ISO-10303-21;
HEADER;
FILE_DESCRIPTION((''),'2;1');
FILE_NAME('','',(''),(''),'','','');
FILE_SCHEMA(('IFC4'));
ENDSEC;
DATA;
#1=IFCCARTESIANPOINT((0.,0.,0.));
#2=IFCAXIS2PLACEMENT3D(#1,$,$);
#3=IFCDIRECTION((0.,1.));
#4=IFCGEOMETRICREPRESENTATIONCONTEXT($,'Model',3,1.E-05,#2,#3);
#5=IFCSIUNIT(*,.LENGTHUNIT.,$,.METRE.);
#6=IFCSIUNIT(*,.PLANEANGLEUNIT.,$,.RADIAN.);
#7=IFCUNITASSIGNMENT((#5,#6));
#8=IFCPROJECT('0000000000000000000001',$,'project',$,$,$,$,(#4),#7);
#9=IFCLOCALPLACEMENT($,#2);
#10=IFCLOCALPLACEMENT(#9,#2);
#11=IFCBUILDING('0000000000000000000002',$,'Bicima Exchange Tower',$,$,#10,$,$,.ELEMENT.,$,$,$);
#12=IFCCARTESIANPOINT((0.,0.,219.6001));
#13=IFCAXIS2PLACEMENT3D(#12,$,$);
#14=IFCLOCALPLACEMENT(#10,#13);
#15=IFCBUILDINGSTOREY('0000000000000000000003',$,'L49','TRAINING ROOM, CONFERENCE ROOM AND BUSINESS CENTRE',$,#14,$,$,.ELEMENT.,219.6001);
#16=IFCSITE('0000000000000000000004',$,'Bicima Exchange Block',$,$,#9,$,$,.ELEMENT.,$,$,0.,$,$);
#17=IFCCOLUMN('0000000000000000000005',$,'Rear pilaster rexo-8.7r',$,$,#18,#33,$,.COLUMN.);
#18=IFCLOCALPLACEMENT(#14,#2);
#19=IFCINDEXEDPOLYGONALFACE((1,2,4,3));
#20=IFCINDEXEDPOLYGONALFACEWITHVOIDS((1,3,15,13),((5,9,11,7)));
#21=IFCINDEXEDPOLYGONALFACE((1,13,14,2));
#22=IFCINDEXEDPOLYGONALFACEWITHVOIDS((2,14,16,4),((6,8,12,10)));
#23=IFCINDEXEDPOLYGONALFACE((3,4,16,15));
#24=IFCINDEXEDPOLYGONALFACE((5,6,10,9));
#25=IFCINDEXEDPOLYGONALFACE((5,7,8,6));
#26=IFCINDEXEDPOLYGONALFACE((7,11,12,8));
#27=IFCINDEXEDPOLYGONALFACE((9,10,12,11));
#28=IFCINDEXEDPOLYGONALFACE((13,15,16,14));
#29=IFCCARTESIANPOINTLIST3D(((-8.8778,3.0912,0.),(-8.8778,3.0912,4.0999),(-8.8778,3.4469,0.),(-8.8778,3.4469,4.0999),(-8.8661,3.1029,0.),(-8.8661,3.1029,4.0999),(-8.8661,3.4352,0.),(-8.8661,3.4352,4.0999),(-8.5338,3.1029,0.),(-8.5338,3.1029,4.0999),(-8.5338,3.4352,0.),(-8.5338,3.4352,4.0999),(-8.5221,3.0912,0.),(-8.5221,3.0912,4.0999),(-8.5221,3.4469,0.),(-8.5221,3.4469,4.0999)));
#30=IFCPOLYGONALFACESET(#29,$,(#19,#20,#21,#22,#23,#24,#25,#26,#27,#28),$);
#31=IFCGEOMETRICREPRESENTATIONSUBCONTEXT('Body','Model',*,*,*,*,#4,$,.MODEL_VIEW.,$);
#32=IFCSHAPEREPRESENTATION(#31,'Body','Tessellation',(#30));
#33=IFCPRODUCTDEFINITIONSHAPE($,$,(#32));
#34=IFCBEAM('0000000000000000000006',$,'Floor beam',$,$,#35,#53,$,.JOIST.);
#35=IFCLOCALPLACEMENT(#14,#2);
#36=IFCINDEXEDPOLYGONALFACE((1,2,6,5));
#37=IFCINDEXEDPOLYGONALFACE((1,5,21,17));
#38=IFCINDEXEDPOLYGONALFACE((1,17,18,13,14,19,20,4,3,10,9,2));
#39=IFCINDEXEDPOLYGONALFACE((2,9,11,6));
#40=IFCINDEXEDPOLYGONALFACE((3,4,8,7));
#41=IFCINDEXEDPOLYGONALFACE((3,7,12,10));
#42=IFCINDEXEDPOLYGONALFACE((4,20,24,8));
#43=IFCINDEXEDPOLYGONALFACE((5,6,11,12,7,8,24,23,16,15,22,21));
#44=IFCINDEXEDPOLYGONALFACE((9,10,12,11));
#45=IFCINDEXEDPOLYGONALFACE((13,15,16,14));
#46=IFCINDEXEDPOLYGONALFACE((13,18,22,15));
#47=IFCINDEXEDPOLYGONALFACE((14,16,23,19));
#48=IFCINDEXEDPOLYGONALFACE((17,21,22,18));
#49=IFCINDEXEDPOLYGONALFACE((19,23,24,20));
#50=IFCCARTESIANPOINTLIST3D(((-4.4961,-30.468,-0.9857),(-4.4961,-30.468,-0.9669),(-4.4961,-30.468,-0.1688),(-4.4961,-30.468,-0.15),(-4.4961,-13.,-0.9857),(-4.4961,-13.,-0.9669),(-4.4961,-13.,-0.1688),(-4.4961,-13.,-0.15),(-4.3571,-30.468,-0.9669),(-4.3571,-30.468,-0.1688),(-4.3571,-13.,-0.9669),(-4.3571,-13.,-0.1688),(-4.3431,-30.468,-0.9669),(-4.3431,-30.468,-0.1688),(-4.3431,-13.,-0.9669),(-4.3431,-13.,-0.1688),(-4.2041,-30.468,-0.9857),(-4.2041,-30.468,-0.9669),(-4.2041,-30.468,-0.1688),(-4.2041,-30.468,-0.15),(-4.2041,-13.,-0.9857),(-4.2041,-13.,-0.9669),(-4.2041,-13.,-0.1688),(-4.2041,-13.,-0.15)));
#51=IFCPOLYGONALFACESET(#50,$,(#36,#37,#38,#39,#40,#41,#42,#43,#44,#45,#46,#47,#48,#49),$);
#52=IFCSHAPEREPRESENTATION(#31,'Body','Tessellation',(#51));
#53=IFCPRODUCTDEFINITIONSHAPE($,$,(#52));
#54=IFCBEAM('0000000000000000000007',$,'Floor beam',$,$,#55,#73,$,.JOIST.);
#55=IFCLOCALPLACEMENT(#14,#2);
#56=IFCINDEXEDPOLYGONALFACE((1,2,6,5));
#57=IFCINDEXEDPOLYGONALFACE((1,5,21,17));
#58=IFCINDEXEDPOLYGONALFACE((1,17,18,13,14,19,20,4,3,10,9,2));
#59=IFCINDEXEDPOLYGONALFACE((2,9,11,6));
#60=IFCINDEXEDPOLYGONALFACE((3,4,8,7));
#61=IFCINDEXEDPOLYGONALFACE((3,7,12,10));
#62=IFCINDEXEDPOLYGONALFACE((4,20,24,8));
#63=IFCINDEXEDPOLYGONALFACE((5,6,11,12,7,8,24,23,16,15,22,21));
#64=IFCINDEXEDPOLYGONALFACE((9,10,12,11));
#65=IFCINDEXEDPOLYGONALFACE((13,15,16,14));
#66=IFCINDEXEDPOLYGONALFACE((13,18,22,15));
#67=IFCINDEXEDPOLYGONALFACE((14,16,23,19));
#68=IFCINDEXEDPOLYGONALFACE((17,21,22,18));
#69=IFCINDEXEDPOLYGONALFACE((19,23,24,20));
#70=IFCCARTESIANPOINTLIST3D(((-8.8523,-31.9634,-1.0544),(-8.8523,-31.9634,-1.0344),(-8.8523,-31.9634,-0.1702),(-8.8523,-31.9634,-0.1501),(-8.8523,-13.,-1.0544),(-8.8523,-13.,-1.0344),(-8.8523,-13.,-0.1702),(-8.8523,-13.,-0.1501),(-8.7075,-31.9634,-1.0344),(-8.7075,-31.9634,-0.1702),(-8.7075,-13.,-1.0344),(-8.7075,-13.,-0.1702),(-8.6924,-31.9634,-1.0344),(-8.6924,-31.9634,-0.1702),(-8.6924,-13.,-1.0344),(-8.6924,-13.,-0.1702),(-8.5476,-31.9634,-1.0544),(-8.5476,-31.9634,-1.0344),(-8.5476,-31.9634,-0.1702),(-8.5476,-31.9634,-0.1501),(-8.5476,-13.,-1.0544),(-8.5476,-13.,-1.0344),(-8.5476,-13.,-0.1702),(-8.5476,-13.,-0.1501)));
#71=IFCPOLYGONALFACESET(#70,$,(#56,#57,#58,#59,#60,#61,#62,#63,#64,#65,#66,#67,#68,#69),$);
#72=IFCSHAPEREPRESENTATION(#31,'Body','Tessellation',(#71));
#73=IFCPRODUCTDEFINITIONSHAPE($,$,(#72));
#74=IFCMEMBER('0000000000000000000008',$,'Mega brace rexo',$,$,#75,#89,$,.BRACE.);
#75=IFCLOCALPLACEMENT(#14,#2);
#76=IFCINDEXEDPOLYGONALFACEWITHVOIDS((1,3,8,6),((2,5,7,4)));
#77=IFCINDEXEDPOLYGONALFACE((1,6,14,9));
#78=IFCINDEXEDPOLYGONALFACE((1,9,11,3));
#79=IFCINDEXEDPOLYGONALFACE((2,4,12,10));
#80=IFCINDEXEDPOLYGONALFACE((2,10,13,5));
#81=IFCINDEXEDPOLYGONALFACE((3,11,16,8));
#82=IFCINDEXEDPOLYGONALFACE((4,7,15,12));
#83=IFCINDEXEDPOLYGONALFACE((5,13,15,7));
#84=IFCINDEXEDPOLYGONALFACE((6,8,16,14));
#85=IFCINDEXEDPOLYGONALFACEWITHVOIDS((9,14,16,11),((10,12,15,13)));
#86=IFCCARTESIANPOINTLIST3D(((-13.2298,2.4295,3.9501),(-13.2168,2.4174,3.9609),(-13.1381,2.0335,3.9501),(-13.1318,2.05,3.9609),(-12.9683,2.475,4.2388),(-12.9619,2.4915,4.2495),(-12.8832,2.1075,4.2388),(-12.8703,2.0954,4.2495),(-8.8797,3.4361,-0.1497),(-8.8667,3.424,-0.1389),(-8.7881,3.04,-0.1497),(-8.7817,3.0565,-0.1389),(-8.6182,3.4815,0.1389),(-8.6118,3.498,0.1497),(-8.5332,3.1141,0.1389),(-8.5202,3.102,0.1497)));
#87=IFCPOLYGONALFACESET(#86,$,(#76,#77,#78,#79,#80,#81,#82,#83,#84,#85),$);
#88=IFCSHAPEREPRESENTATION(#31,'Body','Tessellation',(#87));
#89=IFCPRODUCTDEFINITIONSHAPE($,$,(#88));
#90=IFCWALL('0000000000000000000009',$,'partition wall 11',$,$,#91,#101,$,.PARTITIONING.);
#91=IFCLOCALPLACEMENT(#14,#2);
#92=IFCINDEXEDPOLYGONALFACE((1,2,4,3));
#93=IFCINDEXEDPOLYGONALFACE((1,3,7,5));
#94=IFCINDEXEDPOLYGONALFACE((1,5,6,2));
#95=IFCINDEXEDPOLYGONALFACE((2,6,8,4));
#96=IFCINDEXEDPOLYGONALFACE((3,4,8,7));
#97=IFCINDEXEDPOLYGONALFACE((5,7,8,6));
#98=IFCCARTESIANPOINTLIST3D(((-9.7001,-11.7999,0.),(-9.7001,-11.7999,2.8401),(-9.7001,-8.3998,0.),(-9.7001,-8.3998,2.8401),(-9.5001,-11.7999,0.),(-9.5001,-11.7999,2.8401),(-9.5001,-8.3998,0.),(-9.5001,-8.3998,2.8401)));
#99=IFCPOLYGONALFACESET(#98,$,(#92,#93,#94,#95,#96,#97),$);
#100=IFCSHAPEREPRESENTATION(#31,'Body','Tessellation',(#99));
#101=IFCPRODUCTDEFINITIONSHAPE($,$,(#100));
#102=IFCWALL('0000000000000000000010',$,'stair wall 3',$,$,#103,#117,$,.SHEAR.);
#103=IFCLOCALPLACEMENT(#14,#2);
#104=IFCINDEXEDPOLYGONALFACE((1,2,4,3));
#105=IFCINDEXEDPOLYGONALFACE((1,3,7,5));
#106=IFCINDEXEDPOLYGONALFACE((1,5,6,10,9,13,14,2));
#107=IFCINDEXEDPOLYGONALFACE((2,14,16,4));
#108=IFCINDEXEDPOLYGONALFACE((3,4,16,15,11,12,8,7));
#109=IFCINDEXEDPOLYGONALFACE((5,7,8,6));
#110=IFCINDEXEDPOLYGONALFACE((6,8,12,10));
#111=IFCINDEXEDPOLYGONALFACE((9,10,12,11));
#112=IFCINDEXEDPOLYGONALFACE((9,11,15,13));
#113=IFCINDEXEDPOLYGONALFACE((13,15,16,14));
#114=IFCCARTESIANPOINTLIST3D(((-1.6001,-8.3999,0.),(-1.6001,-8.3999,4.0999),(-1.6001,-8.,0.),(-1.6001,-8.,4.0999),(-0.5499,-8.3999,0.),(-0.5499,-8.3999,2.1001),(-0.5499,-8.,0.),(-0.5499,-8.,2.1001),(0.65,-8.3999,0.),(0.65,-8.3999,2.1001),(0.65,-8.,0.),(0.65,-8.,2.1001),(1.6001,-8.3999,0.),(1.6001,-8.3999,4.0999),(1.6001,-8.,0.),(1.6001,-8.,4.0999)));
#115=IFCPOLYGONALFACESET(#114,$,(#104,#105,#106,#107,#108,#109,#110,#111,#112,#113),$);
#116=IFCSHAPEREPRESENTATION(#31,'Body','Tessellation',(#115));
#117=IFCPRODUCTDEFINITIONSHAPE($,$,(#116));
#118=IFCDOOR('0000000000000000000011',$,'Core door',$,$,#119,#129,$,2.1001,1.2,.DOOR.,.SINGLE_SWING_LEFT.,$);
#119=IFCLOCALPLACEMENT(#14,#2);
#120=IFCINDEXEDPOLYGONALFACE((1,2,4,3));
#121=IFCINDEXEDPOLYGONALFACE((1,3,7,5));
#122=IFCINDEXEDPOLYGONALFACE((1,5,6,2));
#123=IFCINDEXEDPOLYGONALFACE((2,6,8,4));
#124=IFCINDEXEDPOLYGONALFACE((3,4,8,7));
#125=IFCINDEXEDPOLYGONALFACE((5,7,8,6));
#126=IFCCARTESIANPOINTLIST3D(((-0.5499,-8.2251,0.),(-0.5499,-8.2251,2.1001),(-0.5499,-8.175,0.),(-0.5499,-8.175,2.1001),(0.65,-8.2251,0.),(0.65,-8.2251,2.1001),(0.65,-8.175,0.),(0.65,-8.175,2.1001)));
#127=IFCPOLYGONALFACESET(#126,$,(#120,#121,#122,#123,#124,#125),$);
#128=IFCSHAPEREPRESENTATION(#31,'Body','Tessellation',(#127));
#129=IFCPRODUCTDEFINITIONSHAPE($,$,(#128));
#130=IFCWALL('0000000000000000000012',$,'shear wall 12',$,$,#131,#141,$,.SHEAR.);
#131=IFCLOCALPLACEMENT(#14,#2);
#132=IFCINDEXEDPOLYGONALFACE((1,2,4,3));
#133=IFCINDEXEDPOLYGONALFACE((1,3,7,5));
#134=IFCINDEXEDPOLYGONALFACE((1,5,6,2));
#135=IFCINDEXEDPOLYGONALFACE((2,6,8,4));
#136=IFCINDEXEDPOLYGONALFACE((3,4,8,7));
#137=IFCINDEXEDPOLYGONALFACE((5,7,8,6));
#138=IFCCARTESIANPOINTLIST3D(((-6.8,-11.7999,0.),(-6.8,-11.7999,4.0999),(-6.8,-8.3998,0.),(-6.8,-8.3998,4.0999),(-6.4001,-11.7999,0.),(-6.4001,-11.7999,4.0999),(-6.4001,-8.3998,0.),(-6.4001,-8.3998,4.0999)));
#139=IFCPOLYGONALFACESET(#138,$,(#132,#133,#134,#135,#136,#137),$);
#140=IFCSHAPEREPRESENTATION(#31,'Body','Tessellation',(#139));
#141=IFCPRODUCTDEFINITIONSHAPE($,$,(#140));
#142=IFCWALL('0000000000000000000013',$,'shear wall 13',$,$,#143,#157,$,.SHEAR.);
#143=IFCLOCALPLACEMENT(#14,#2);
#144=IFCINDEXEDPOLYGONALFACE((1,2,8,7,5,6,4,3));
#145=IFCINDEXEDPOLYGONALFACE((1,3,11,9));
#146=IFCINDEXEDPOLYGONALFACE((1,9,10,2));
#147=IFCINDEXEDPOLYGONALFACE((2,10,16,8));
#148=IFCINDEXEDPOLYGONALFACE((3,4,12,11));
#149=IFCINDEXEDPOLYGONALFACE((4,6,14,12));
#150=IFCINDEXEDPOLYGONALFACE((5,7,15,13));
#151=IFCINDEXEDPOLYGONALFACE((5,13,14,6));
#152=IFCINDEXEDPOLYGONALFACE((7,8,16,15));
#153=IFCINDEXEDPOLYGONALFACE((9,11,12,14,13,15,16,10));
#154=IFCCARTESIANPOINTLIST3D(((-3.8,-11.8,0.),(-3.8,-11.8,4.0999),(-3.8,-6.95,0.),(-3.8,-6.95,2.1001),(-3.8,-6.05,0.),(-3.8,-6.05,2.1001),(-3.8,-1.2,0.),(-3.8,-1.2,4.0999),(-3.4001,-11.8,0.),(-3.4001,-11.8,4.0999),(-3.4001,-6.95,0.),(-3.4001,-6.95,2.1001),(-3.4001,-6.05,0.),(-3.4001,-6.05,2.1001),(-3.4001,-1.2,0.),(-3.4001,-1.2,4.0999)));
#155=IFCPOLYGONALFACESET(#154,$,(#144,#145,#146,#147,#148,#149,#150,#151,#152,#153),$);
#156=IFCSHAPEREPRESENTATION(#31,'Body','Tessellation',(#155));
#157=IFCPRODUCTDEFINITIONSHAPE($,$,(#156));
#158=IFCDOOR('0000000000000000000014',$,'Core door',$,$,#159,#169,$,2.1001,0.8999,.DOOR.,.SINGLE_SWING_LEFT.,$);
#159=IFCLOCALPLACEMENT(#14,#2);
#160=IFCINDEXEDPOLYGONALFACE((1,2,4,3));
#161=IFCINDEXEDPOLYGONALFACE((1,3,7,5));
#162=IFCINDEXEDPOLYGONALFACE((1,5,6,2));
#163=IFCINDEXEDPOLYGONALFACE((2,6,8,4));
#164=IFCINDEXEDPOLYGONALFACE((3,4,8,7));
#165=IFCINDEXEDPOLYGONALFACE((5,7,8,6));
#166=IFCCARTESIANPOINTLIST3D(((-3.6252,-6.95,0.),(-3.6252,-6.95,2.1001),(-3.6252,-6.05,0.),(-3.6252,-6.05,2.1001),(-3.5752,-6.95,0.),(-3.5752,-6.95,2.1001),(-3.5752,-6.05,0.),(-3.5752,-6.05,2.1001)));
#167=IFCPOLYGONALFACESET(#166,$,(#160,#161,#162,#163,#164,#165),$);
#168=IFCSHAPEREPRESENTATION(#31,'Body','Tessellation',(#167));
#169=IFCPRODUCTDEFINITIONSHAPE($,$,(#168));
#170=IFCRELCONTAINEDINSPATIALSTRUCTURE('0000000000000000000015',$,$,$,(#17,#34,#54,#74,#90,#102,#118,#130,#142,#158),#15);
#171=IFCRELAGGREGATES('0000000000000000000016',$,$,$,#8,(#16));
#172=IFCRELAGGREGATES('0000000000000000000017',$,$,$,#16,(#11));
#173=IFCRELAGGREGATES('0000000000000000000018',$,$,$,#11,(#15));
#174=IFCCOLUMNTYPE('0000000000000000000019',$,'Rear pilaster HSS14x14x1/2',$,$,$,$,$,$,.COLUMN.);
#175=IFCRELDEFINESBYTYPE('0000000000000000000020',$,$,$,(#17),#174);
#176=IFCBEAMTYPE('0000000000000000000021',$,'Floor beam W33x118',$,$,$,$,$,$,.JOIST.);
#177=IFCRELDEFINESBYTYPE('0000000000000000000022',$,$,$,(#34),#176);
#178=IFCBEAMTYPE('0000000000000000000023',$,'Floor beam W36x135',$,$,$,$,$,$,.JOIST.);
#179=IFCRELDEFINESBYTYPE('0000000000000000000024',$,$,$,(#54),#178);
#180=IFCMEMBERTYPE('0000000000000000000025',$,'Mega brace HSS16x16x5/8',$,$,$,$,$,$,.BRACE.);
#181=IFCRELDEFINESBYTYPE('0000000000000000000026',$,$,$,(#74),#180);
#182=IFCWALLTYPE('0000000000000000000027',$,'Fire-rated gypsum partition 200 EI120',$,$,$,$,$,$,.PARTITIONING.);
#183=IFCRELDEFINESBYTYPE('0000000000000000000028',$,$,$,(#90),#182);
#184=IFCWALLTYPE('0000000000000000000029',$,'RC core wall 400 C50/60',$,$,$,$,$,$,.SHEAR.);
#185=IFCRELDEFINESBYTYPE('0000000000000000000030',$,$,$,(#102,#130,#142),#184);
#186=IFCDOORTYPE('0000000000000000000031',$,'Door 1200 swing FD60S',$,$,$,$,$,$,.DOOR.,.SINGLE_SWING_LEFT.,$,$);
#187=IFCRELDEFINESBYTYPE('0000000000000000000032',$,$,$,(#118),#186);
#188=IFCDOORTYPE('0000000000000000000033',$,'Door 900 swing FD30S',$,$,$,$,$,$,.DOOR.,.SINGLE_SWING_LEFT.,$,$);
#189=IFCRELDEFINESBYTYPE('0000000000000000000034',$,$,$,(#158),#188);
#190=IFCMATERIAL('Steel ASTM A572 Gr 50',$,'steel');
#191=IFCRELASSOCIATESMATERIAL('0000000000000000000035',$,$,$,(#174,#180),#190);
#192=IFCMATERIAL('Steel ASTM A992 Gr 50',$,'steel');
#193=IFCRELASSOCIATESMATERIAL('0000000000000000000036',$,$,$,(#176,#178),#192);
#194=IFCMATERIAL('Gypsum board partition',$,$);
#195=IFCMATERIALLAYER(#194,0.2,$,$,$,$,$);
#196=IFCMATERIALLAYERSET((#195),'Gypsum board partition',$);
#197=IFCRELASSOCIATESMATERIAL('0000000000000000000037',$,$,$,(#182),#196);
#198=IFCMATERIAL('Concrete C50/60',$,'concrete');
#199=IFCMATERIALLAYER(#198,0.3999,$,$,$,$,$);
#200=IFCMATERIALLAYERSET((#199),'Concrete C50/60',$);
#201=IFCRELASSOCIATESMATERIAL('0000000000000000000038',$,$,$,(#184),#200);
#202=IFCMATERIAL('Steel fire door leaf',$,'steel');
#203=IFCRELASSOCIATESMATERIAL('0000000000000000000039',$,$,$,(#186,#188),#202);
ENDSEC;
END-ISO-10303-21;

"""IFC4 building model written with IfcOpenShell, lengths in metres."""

from ifc_helpers import new_model, si_unit, direction, frame, frame_2d, origin, origin_2d, place, context, subcontext, project, spatial, rectangle, hollow_rectangle, i_section, extrude, material, layer, layer_set, material_profile, profile_set, type_object, element, fill, save


model = new_model("IFC4")

# Units and contexts
model_context = context("Model", 3, precision=1e-05, world=origin(), true_north=direction((0.0, 1.0)))
body_context = subcontext(model_context, "Body", "Model", "MODEL_VIEW")
ifc_project = project(units=[si_unit("LENGTHUNIT", "METRE"), si_unit("PLANEANGLEUNIT", "RADIAN")], contexts=[model_context])

# Site, building, storey
site_placement = place(None, origin())
site = spatial("IfcSite", under=ifc_project, at=site_placement, Name="Bicima Exchange Block", CompositionType="ELEMENT", RefElevation=0.0)
building_placement = place(site_placement, origin())
building = spatial("IfcBuilding", under=site, at=building_placement, Name="Bicima Exchange Tower", CompositionType="ELEMENT")
storey_placement = place(building_placement, frame((0.0, 0.0, 219.6001)))
storey = spatial("IfcBuildingStorey", under=building, at=storey_placement, Name="L49", Description="TRAINING ROOM, CONFERENCE ROOM AND BUSINESS CENTRE", CompositionType="ELEMENT", Elevation=219.6001)

# Column
ifc_material_1 = material(Name="Steel ASTM A572 Gr 50", Category="steel")
ifc_material_profile_1 = material_profile(ifc_material_1, hollow_rectangle(XDim=0.3557, YDim=0.3557, WallThickness=0.0117, at=origin_2d()))
ifc_profile_set_1 = profile_set([ifc_material_profile_1], Name="Steel ASTM A572 Gr 50")
column_type = type_object("IfcColumnType", Name="Rear pilaster HSS14x14x1/2", PredefinedType="COLUMN", material=ifc_profile_set_1)
column_placement = place(storey_placement, frame((-8.7, 3.269, 0.0), z_axis=(0.0, 0.0, 1.0), x_axis=(1.0, 0.0, 0.0)))
element("IfcColumn", 1, at=column_placement, inside=storey, type_object=column_type, Name="Rear pilaster rexo-8.7r", PredefinedType="COLUMN", context=body_context, shape_type="SweptSolid", body=[
    extrude(hollow_rectangle(XDim=0.3557, YDim=0.3557, WallThickness=0.0117, at=origin_2d()), origin(), (0.0, 0.0, 1.0), 4.0999),
])

# Beams
ifc_material_2 = material(Name="Steel ASTM A992 Gr 50", Category="steel")
ifc_material_profile_2 = material_profile(ifc_material_2, i_section(OverallWidth=0.292, OverallDepth=0.8357, WebThickness=0.0139, FlangeThickness=0.0188, at=origin_2d()))
ifc_profile_set_2 = profile_set([ifc_material_profile_2], Name="Steel ASTM A992 Gr 50")
beam_type_1 = type_object("IfcBeamType", Name="Floor beam W33x118", PredefinedType="JOIST", material=ifc_profile_set_2)
beam_1_placement = place(storey_placement, frame((-4.3501, -13.0, -0.5679), z_axis=(0.0, -1.0, 0.0), x_axis=(1.0, 0.0, 0.0)))
element("IfcBeam", 2, at=beam_1_placement, inside=storey, type_object=beam_type_1, Name="Floor beam", PredefinedType="JOIST", context=body_context, shape_type="SweptSolid", body=[
    extrude(i_section(OverallWidth=0.292, OverallDepth=0.8357, WebThickness=0.0139, FlangeThickness=0.0188, at=origin_2d()), origin(), (0.0, 0.0, 1.0), 17.468),
])
ifc_material_profile_3 = material_profile(ifc_material_2, i_section(OverallWidth=0.3047, OverallDepth=0.9043, WebThickness=0.0151, FlangeThickness=0.02, at=origin_2d()))
ifc_profile_set_3 = profile_set([ifc_material_profile_3], Name="Steel ASTM A992 Gr 50")
beam_type_2 = type_object("IfcBeamType", Name="Floor beam W36x135", PredefinedType="JOIST", material=ifc_profile_set_3)
beam_2_placement = place(storey_placement, frame((-8.7, -13.0, -0.6023), z_axis=(0.0, -1.0, 0.0), x_axis=(1.0, 0.0, 0.0)))
element("IfcBeam", 3, at=beam_2_placement, inside=storey, type_object=beam_type_2, Name="Floor beam", PredefinedType="JOIST", context=body_context, shape_type="SweptSolid", body=[
    extrude(i_section(OverallWidth=0.3047, OverallDepth=0.9043, WebThickness=0.0151, FlangeThickness=0.02, at=origin_2d()), origin(), (0.0, 0.0, 1.0), 18.9634),
])

# Member
ifc_material_profile_4 = material_profile(ifc_material_1, hollow_rectangle(XDim=0.4065, YDim=0.4065, WallThickness=0.0146, at=origin_2d()))
ifc_profile_set_4 = profile_set([ifc_material_profile_4], Name="Steel ASTM A572 Gr 50")
member_type = type_object("IfcMemberType", Name="Mega brace HSS16x16x5/8", PredefinedType="BRACE", material=ifc_profile_set_4)
member_placement = place(storey_placement, frame((-8.7, 3.269, 0.0), z_axis=(-0.717625, -0.166055, 0.676343), x_axis=(0.225439, -0.974257, 0.0)))
element("IfcMember", 4, at=member_placement, inside=storey, type_object=member_type, Name="Mega brace rexo", PredefinedType="BRACE", context=body_context, shape_type="SweptSolid", body=[
    extrude(hollow_rectangle(XDim=0.4065, YDim=0.4065, WallThickness=0.0146, at=origin_2d()), origin(), (0.0, 0.0, 1.0), 6.0618),
])

# Wall
ifc_material_3 = material(Name="Gypsum board partition")
ifc_layer_1 = layer(ifc_material_3, 0.2)
ifc_layer_set_1 = layer_set([ifc_layer_1], Name="Gypsum board partition")
wall_type_1 = type_object("IfcWallType", Name="Fire-rated gypsum partition 200 EI120", PredefinedType="PARTITIONING", material=ifc_layer_set_1)
wall_1_placement = place(storey_placement, frame((-9.6001, -11.8, 0.0), z_axis=(0.0, 0.0, 1.0), x_axis=(0.0, 1.0, 0.0)))
element("IfcWall", 5, at=wall_1_placement, inside=storey, type_object=wall_type_1, Name="partition wall 11", PredefinedType="PARTITIONING", context=body_context, shape_type="SweptSolid", body=[
    extrude(rectangle(XDim=3.4001, YDim=0.2, at=frame_2d((1.7002, 0.0))), origin(), (0.0, 0.0, 1.0), 2.8401),
])

# Wall, opening, door
ifc_material_4 = material(Name="Concrete C50/60", Category="concrete")
ifc_layer_2 = layer(ifc_material_4, 0.3999)
ifc_layer_set_2 = layer_set([ifc_layer_2], Name="Concrete C50/60")
wall_type_2 = type_object("IfcWallType", Name="RC core wall 400 C50/60", PredefinedType="SHEAR", material=ifc_layer_set_2)
wall_2_placement = place(storey_placement, frame((-1.6001, -8.2, 0.0), z_axis=(0.0, 0.0, 1.0), x_axis=(1.0, 0.0, 0.0)))
wall_2 = element("IfcWall", 6, at=wall_2_placement, inside=storey, type_object=wall_type_2, Name="stair wall 3", PredefinedType="SHEAR", context=body_context, shape_type="SweptSolid", body=[
    extrude(rectangle(XDim=3.2002, YDim=0.3999, at=frame_2d((1.6001, 0.0))), origin(), (0.0, 0.0, 1.0), 4.0999),
])
opening_1_placement = place(wall_2_placement, frame((1.05, 0.0, 0.0)))
opening_1 = element("IfcOpeningElement", 7, at=opening_1_placement, cuts=wall_2, PredefinedType="OPENING", context=body_context, shape_type="SweptSolid", body=[
    extrude(rectangle(XDim=1.2, YDim=2.1001, at=frame_2d((0.6001, 1.05))), frame((0.0, 0.2119, 0.0), z_axis=(0.0, -1.0, 0.0), x_axis=(1.0, 0.0, 0.0)), (0.0, 0.0, 1.0), 0.4238),
])
ifc_material_5 = material(Name="Steel fire door leaf", Category="steel")
door_type_1 = type_object("IfcDoorType", Name="Door 1200 swing FD60S", OperationType="SINGLE_SWING_LEFT", PredefinedType="DOOR", material=ifc_material_5)
door_1_placement = place(opening_1_placement, origin())
door_1 = element("IfcDoor", 8, at=door_1_placement, inside=storey, type_object=door_type_1, Name="Core door", OperationType="SINGLE_SWING_LEFT", OverallHeight=2.1001, OverallWidth=1.2, PredefinedType="DOOR", context=body_context, shape_type="SweptSolid", body=[
    extrude(rectangle(XDim=1.2, YDim=2.1001, at=frame_2d((0.6001, 1.05))), frame((0.0, 0.0249, 0.0), z_axis=(0.0, -1.0, 0.0), x_axis=(1.0, 0.0, 0.0)), (0.0, 0.0, 1.0), 0.05),
])
fill(opening_1, door_1)

# Wall
wall_3_placement = place(storey_placement, frame((-6.6001, -11.8, 0.0), z_axis=(0.0, 0.0, 1.0), x_axis=(0.0, 1.0, 0.0)))
element("IfcWall", 9, at=wall_3_placement, inside=storey, type_object=wall_type_2, Name="shear wall 12", PredefinedType="SHEAR", context=body_context, shape_type="SweptSolid", body=[
    extrude(rectangle(XDim=3.4001, YDim=0.3999, at=frame_2d((1.7002, 0.0))), origin(), (0.0, 0.0, 1.0), 4.0999),
])

# Wall, opening, door
wall_4_placement = place(storey_placement, frame((-3.6001, -11.8, 0.0), z_axis=(0.0, 0.0, 1.0), x_axis=(0.0, 1.0, 0.0)))
wall_4 = element("IfcWall", 10, at=wall_4_placement, inside=storey, type_object=wall_type_2, Name="shear wall 13", PredefinedType="SHEAR", context=body_context, shape_type="SweptSolid", body=[
    extrude(rectangle(XDim=10.6001, YDim=0.3999, at=frame_2d((5.3, 0.0))), origin(), (0.0, 0.0, 1.0), 4.0999),
])
opening_2_placement = place(wall_4_placement, frame((4.8501, 0.0, 0.0)))
opening_2 = element("IfcOpeningElement", 11, at=opening_2_placement, cuts=wall_4, PredefinedType="OPENING", context=body_context, shape_type="SweptSolid", body=[
    extrude(rectangle(XDim=0.8999, YDim=2.1001, at=frame_2d((0.45, 1.05))), frame((0.0, 0.2119, 0.0), z_axis=(0.0, -1.0, 0.0), x_axis=(1.0, 0.0, 0.0)), (0.0, 0.0, 1.0), 0.4238),
])
door_type_2 = type_object("IfcDoorType", Name="Door 900 swing FD30S", OperationType="SINGLE_SWING_LEFT", PredefinedType="DOOR", material=ifc_material_5)
door_2_placement = place(opening_2_placement, frame((0.8999, 0.0, 0.0), z_axis=(0.0, 0.0, 1.0), x_axis=(-1.0, 0.0, 0.0)))
door_2 = element("IfcDoor", 12, at=door_2_placement, inside=storey, type_object=door_type_2, Name="Core door", OperationType="SINGLE_SWING_LEFT", OverallHeight=2.1001, OverallWidth=0.8999, PredefinedType="DOOR", context=body_context, shape_type="SweptSolid", body=[
    extrude(rectangle(XDim=0.8999, YDim=2.1001, at=frame_2d((0.45, 1.05))), frame((0.0, 0.0249, 0.0), z_axis=(0.0, -1.0, 0.0), x_axis=(1.0, 0.0, 0.0)), (0.0, 0.0, 1.0), 0.05),
])
fill(opening_2, door_2)

save(model, "model.ifc")
